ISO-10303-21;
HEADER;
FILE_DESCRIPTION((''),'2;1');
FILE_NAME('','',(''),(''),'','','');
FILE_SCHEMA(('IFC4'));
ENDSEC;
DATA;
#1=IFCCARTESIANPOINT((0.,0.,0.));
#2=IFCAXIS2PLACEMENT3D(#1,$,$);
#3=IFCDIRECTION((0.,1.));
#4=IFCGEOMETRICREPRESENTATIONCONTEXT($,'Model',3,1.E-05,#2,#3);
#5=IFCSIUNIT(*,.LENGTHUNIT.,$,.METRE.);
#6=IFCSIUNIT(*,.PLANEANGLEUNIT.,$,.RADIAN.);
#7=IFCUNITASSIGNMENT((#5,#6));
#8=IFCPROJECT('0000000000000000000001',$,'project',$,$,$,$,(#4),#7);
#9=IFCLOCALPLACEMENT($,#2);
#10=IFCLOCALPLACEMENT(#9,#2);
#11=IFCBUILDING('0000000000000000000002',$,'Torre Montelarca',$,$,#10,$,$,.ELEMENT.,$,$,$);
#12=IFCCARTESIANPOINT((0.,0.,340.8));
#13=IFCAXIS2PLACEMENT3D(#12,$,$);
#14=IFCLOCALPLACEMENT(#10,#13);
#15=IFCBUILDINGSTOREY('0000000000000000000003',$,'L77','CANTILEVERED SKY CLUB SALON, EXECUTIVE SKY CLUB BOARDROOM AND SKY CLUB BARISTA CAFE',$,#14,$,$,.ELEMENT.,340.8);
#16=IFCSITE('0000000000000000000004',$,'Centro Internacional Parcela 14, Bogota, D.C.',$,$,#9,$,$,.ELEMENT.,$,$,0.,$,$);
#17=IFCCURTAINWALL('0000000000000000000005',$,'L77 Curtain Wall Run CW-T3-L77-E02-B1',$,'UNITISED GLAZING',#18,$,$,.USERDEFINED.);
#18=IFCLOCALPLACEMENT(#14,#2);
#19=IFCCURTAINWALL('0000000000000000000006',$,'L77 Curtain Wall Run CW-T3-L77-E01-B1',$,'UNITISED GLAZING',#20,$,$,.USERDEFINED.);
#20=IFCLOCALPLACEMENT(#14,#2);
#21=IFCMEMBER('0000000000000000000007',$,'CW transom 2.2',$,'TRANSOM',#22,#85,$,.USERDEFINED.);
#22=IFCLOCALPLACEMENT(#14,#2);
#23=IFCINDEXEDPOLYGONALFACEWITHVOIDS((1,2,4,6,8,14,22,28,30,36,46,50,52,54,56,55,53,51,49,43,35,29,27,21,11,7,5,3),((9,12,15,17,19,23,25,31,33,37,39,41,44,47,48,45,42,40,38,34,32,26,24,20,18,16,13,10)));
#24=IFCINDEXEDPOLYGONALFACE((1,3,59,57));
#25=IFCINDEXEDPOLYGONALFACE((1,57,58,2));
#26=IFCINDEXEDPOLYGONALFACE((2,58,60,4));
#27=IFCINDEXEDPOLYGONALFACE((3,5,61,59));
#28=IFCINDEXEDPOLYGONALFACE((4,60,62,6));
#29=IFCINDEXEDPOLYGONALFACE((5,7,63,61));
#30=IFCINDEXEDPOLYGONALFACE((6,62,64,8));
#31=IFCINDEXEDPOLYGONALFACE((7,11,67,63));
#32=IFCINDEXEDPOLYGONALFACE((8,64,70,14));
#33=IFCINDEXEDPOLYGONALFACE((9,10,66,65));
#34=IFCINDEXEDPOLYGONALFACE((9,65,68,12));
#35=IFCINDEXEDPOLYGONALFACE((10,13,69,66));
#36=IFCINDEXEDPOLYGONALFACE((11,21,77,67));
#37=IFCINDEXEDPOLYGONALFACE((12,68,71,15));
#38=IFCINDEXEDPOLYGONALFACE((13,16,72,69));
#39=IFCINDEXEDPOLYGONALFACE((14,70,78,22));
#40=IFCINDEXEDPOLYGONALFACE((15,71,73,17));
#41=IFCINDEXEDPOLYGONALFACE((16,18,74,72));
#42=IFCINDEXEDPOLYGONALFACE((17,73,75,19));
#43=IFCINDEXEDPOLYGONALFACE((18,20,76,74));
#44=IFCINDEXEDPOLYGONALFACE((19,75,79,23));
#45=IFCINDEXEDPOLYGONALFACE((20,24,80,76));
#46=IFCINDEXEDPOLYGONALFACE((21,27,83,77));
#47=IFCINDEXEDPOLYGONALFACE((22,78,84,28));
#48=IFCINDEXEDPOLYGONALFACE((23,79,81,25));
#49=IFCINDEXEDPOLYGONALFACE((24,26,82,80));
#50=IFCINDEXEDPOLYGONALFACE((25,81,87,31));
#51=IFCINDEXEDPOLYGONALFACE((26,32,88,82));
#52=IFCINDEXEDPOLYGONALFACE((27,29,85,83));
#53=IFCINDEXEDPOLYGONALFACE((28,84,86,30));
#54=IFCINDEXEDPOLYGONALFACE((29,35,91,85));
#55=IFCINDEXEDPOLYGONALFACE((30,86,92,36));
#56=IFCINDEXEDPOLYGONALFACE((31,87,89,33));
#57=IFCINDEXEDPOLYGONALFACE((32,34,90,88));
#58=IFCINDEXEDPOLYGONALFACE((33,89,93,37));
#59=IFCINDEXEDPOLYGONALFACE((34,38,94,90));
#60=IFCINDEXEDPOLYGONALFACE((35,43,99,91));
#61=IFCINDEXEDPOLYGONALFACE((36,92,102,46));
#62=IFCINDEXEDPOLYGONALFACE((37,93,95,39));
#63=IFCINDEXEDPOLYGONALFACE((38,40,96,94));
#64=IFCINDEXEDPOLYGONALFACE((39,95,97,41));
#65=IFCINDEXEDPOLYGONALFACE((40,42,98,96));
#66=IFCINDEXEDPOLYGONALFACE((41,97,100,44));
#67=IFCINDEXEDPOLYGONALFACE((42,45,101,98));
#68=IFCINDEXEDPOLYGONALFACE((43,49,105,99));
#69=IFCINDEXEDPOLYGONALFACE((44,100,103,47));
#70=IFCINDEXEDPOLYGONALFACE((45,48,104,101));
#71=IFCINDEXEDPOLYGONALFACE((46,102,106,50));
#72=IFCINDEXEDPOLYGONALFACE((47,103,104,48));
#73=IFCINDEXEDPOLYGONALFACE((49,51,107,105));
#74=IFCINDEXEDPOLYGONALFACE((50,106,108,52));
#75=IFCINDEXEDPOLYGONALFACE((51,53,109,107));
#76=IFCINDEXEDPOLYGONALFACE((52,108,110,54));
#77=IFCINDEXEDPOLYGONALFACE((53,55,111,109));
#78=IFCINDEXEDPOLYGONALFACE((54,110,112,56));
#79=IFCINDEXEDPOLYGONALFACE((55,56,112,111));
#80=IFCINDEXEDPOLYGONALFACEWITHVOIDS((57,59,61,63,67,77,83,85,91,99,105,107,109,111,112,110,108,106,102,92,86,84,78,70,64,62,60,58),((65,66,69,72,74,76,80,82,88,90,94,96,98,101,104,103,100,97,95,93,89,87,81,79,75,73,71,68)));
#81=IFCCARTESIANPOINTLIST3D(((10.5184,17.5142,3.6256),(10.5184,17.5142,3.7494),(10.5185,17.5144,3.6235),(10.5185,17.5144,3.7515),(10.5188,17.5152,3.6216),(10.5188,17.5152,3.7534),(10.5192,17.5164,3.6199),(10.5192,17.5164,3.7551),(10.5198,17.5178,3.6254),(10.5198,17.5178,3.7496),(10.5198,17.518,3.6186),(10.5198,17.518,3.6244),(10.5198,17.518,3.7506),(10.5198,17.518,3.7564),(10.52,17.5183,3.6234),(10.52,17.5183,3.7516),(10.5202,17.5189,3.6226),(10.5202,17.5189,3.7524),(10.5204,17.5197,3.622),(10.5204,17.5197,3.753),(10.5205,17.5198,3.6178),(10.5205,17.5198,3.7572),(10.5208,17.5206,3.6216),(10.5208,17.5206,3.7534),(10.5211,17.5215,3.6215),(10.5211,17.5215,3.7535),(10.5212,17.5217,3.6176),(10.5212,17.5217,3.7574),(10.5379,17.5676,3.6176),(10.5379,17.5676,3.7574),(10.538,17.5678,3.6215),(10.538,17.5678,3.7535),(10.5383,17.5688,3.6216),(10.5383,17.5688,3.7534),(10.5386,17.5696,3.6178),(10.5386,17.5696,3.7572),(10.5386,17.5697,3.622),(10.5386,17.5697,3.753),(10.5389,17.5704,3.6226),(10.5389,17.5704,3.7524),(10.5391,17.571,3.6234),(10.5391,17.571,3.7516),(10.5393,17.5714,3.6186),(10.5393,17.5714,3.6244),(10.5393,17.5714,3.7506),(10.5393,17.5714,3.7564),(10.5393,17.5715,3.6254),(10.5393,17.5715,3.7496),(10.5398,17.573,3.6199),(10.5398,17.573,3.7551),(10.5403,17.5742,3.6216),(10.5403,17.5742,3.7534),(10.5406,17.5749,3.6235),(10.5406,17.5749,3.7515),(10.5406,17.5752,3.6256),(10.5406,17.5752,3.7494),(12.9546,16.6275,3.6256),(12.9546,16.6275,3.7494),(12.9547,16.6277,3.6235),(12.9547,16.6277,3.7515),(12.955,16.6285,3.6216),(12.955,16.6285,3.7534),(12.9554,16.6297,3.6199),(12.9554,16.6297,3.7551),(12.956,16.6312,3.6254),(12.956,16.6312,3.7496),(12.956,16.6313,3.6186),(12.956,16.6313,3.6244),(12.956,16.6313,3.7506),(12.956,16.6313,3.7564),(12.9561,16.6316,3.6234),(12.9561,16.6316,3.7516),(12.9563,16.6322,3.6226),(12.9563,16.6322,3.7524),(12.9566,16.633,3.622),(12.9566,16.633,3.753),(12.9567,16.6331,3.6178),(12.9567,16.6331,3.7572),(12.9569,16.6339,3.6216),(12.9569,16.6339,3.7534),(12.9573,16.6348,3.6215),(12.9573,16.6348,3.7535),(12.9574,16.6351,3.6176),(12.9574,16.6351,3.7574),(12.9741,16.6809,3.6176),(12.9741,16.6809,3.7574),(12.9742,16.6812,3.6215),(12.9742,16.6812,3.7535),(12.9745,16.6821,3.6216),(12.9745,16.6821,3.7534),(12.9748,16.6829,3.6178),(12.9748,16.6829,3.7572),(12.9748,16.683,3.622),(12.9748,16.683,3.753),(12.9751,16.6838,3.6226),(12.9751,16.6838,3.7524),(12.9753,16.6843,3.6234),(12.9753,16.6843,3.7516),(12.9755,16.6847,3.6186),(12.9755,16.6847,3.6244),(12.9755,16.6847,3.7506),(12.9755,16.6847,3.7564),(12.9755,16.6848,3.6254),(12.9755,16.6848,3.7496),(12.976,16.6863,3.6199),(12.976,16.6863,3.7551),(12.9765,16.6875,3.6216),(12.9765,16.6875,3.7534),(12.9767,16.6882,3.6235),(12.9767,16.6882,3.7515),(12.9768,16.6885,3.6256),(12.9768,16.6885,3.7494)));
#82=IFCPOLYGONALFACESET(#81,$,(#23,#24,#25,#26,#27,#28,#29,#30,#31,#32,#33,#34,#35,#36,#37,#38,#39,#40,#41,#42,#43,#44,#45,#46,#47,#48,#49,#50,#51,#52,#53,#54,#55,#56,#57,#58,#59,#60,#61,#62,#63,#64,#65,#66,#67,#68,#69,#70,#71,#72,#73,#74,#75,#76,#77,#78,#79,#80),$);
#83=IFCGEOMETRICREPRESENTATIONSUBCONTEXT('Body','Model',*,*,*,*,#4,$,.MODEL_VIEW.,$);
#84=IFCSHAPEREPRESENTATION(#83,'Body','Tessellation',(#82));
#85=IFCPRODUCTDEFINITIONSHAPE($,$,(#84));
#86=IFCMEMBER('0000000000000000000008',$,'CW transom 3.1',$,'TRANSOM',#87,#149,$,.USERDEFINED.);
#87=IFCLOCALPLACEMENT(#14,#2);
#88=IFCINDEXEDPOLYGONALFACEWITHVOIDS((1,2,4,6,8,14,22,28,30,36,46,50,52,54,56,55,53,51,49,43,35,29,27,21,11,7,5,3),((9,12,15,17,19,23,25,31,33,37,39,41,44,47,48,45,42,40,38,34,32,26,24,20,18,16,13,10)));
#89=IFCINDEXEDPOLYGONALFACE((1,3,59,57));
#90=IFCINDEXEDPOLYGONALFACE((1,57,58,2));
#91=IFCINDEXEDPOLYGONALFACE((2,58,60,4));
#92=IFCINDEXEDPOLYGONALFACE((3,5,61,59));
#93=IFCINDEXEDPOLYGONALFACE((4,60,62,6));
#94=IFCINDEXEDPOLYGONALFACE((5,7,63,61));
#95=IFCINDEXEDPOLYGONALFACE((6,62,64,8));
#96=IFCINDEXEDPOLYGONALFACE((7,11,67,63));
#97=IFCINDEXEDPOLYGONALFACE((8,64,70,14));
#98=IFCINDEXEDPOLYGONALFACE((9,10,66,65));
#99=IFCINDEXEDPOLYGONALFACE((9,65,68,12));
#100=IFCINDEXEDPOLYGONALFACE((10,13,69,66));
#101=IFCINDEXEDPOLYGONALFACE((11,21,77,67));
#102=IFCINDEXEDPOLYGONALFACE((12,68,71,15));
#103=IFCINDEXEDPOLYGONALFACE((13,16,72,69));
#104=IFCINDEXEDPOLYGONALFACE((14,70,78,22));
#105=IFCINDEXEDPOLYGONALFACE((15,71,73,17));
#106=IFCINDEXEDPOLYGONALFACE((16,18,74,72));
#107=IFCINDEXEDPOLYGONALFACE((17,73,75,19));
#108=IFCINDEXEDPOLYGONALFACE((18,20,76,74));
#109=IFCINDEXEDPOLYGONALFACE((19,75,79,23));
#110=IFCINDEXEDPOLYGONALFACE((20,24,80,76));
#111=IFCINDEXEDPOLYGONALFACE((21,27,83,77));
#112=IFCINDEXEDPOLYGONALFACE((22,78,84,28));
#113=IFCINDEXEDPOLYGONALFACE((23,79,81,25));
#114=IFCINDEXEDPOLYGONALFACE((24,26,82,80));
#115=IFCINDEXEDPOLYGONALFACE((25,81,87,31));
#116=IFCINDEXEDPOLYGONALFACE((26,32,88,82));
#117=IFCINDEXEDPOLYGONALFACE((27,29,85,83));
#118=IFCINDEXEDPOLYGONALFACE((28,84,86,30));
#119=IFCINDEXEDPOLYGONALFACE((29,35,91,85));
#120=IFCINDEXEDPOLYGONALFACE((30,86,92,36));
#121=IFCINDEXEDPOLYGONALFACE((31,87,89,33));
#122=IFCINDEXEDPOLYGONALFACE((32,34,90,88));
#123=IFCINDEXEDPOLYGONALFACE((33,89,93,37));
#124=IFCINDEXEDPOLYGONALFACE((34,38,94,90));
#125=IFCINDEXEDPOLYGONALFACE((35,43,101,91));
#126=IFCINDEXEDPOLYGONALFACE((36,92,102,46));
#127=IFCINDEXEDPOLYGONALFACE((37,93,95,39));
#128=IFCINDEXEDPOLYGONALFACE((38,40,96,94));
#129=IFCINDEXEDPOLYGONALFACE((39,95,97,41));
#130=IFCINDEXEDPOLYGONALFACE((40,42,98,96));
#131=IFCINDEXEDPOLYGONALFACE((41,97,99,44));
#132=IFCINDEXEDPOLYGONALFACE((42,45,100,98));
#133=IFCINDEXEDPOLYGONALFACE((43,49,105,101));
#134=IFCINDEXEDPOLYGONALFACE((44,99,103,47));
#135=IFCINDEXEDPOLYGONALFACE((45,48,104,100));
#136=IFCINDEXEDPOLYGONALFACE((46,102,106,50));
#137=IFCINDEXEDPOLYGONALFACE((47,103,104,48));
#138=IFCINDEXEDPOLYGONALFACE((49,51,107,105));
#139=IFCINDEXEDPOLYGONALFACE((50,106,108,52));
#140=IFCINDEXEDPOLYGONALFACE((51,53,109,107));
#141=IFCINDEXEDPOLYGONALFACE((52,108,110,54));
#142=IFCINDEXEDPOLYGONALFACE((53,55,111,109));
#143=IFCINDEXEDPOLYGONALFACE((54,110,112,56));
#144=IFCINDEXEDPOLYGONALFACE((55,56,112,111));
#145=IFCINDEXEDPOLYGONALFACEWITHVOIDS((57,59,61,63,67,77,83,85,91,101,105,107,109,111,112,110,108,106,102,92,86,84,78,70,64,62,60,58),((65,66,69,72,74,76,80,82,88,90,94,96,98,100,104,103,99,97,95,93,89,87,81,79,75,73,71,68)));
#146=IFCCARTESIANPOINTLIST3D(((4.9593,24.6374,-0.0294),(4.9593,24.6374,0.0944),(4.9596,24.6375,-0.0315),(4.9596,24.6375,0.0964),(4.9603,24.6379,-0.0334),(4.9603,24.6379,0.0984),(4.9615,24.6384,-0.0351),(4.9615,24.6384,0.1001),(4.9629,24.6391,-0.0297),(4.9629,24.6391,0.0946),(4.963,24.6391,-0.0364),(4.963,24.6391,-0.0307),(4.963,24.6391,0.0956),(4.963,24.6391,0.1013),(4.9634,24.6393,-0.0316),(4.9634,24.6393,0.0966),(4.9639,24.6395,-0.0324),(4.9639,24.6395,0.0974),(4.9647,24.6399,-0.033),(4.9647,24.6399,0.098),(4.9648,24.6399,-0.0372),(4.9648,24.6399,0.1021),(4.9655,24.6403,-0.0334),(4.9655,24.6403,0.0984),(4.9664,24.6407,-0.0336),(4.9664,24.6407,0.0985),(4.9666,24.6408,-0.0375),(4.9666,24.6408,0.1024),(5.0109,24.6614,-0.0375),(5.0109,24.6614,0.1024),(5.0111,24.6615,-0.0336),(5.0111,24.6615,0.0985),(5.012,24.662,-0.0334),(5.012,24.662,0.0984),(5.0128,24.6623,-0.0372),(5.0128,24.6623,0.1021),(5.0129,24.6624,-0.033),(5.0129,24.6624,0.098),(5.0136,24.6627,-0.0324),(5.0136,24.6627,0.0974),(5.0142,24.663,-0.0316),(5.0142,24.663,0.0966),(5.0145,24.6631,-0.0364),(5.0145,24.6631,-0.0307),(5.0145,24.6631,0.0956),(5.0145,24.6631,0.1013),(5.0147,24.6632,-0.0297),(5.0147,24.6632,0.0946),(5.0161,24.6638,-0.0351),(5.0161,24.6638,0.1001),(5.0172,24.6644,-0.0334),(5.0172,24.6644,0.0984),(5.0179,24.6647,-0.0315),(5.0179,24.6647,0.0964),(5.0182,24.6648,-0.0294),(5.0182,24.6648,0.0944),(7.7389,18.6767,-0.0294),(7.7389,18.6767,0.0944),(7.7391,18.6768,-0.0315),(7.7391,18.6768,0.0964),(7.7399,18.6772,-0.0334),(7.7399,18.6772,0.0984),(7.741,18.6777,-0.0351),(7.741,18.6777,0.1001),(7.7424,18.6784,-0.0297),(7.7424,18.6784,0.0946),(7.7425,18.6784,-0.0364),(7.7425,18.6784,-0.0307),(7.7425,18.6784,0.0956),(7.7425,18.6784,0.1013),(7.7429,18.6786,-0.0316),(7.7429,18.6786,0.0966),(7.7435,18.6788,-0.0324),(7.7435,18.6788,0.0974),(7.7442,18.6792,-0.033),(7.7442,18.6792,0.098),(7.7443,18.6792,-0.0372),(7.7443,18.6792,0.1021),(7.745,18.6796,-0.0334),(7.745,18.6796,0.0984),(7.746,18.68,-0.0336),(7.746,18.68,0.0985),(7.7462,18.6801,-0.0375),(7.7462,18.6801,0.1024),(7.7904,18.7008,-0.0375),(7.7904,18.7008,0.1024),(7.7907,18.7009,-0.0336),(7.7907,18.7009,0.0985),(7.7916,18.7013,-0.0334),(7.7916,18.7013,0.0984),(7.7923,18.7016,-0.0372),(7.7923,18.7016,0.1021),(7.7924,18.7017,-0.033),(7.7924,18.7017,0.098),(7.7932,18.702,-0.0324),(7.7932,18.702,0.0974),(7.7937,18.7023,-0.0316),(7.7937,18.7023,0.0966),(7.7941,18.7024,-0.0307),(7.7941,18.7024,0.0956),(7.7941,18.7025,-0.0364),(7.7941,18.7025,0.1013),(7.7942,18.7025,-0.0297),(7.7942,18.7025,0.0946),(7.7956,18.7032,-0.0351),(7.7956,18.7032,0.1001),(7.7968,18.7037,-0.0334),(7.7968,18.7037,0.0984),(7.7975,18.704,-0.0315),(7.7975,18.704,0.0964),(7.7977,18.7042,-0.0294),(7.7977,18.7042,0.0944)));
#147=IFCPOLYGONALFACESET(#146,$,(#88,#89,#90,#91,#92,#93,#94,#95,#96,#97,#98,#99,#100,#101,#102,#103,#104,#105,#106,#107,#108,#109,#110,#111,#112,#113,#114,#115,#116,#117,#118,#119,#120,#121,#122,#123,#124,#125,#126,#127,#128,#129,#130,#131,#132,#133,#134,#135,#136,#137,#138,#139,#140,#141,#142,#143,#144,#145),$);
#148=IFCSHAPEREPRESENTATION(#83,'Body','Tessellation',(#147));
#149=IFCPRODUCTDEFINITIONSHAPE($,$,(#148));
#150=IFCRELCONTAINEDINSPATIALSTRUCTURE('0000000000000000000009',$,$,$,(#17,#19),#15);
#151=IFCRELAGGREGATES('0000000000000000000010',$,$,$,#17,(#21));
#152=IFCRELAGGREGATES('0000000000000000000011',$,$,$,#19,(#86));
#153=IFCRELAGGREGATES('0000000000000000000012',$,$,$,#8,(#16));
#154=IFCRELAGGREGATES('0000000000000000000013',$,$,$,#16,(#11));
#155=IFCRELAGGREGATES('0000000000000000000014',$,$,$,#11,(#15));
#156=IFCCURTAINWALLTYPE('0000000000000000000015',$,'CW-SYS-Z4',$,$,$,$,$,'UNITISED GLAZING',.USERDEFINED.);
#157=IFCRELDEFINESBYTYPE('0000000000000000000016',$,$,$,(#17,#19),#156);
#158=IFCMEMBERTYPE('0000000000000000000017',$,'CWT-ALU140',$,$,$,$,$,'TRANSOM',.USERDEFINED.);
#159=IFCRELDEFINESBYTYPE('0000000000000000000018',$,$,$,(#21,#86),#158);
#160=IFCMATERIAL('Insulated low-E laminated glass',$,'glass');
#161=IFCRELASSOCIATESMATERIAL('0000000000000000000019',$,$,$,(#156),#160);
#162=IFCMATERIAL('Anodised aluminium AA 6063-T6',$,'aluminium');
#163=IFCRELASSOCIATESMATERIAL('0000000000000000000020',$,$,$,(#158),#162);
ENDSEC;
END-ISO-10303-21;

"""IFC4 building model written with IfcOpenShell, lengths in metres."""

from ifc_helpers import new_model, si_unit, direction, frame, origin, origin_2d, place, context, subcontext, project, spatial, hollow_rectangle, extrude, source, transform, mapped, material, material_profile, profile_set, type_object, element, aggregate, save


model = new_model("IFC4")

# Units and contexts
model_context = context("Model", 3, precision=1e-05, world=origin(), true_north=direction((0.0, 1.0)))
body_context = subcontext(model_context, "Body", "Model", "MODEL_VIEW")
ifc_project = project(units=[si_unit("LENGTHUNIT", "METRE"), si_unit("PLANEANGLEUNIT", "RADIAN")], contexts=[model_context])

# Site, building, storey
site_placement = place(None, origin())
site = spatial("IfcSite", under=ifc_project, at=site_placement, Name="Centro Internacional Parcela 14, Bogota, D.C.", CompositionType="ELEMENT", RefElevation=0.0)
building_placement = place(site_placement, origin())
building = spatial("IfcBuilding", under=site, at=building_placement, Name="Torre Montelarca", CompositionType="ELEMENT")
storey_placement = place(building_placement, frame((0.0, 0.0, 340.8)))
storey = spatial("IfcBuildingStorey", under=building, at=storey_placement, Name="L77", Description="CANTILEVERED SKY CLUB SALON, EXECUTIVE SKY CLUB BOARDROOM AND SKY CLUB BARISTA CAFE", CompositionType="ELEMENT", Elevation=340.8)

# Curtain walls
ifc_material_1 = material(Name="Insulated low-E laminated glass", Category="glass")
curtain_wall_type = type_object("IfcCurtainWallType", Name="CW-SYS-Z4", ElementType="UNITISED GLAZING", PredefinedType="USERDEFINED", material=ifc_material_1)
curtain_wall_1_placement = place(storey_placement, origin())
curtain_wall_1 = element("IfcCurtainWall", 1, at=curtain_wall_1_placement, inside=storey, type_object=curtain_wall_type, Name="L77 Curtain Wall Run CW-T3-L77-E02-B1", ObjectType="UNITISED GLAZING", PredefinedType="USERDEFINED")
ifc_material_2 = material(Name="Anodised aluminium AA 6063-T6", Category="aluminium")
ifc_material_profile_1 = material_profile(ifc_material_2, hollow_rectangle(XDim=0.0649, YDim=0.1399, WallThickness=0.0039, InnerFilletRadius=0.0039, OuterFilletRadius=0.0081, at=origin_2d()), Name="ALU65X140X4", Category="aluminium")
ifc_profile_set_1 = profile_set([ifc_material_profile_1], Name="Anodised aluminium AA 6063-T6")
member_type_1 = type_object("IfcMemberType", Name="CWT-ALU140", ElementType="TRANSOM", PredefinedType="USERDEFINED", material=ifc_profile_set_1)
curtain_wall_2_placement = place(storey_placement, origin())
curtain_wall_2 = element("IfcCurtainWall", 2, at=curtain_wall_2_placement, inside=storey, type_object=curtain_wall_type, Name="L77 Curtain Wall Run CW-T3-L77-E01-B1", ObjectType="UNITISED GLAZING", PredefinedType="USERDEFINED")

# Members
shared_shape_1 = source(origin(), body_context, "Body", "SweptSolid", [
    extrude(hollow_rectangle(XDim=0.0649, YDim=0.1399, WallThickness=0.0039, InnerFilletRadius=0.0039, OuterFilletRadius=0.0081, at=origin_2d()), origin(), (0.0, 0.0, 1.0), 2.5925),
])
member_1_placement = place(storey_placement, frame((10.5295, 17.5447, 3.6875), z_axis=(0.939694, -0.342015, 0.0), x_axis=(0.342015, 0.939694, 0.0)))
member_1 = element("IfcMember", 3, at=member_1_placement, type_object=member_type_1, Name="CW transom 2.2", ObjectType="TRANSOM", PredefinedType="USERDEFINED", context=body_context, shape_type="MappedRepresentation", body=[
    mapped(shared_shape_1, transform((0.0, 0.0, 0.0), scale=1.0)),
])
shared_shape_2 = source(origin(), body_context, "Body", "SweptSolid", [
    extrude(hollow_rectangle(XDim=0.0649, YDim=0.1399, WallThickness=0.0039, InnerFilletRadius=0.0039, OuterFilletRadius=0.0081, at=origin_2d()), origin(), (0.0, 0.0, 1.0), 6.5769),
])
member_2_placement = place(storey_placement, frame((4.9888, 24.6511, 0.0325), z_axis=(0.422621, -0.906306, 0.0), x_axis=(0.906306, 0.422621, 0.0)))
member_2 = element("IfcMember", 4, at=member_2_placement, type_object=member_type_1, Name="CW transom 3.1", ObjectType="TRANSOM", PredefinedType="USERDEFINED", context=body_context, shape_type="MappedRepresentation", body=[
    mapped(shared_shape_2, transform((0.0, 0.0, 0.0), scale=1.0)),
])

aggregate(curtain_wall_1, [member_1])
aggregate(curtain_wall_2, [member_2])

save(model, "model.ifc")
